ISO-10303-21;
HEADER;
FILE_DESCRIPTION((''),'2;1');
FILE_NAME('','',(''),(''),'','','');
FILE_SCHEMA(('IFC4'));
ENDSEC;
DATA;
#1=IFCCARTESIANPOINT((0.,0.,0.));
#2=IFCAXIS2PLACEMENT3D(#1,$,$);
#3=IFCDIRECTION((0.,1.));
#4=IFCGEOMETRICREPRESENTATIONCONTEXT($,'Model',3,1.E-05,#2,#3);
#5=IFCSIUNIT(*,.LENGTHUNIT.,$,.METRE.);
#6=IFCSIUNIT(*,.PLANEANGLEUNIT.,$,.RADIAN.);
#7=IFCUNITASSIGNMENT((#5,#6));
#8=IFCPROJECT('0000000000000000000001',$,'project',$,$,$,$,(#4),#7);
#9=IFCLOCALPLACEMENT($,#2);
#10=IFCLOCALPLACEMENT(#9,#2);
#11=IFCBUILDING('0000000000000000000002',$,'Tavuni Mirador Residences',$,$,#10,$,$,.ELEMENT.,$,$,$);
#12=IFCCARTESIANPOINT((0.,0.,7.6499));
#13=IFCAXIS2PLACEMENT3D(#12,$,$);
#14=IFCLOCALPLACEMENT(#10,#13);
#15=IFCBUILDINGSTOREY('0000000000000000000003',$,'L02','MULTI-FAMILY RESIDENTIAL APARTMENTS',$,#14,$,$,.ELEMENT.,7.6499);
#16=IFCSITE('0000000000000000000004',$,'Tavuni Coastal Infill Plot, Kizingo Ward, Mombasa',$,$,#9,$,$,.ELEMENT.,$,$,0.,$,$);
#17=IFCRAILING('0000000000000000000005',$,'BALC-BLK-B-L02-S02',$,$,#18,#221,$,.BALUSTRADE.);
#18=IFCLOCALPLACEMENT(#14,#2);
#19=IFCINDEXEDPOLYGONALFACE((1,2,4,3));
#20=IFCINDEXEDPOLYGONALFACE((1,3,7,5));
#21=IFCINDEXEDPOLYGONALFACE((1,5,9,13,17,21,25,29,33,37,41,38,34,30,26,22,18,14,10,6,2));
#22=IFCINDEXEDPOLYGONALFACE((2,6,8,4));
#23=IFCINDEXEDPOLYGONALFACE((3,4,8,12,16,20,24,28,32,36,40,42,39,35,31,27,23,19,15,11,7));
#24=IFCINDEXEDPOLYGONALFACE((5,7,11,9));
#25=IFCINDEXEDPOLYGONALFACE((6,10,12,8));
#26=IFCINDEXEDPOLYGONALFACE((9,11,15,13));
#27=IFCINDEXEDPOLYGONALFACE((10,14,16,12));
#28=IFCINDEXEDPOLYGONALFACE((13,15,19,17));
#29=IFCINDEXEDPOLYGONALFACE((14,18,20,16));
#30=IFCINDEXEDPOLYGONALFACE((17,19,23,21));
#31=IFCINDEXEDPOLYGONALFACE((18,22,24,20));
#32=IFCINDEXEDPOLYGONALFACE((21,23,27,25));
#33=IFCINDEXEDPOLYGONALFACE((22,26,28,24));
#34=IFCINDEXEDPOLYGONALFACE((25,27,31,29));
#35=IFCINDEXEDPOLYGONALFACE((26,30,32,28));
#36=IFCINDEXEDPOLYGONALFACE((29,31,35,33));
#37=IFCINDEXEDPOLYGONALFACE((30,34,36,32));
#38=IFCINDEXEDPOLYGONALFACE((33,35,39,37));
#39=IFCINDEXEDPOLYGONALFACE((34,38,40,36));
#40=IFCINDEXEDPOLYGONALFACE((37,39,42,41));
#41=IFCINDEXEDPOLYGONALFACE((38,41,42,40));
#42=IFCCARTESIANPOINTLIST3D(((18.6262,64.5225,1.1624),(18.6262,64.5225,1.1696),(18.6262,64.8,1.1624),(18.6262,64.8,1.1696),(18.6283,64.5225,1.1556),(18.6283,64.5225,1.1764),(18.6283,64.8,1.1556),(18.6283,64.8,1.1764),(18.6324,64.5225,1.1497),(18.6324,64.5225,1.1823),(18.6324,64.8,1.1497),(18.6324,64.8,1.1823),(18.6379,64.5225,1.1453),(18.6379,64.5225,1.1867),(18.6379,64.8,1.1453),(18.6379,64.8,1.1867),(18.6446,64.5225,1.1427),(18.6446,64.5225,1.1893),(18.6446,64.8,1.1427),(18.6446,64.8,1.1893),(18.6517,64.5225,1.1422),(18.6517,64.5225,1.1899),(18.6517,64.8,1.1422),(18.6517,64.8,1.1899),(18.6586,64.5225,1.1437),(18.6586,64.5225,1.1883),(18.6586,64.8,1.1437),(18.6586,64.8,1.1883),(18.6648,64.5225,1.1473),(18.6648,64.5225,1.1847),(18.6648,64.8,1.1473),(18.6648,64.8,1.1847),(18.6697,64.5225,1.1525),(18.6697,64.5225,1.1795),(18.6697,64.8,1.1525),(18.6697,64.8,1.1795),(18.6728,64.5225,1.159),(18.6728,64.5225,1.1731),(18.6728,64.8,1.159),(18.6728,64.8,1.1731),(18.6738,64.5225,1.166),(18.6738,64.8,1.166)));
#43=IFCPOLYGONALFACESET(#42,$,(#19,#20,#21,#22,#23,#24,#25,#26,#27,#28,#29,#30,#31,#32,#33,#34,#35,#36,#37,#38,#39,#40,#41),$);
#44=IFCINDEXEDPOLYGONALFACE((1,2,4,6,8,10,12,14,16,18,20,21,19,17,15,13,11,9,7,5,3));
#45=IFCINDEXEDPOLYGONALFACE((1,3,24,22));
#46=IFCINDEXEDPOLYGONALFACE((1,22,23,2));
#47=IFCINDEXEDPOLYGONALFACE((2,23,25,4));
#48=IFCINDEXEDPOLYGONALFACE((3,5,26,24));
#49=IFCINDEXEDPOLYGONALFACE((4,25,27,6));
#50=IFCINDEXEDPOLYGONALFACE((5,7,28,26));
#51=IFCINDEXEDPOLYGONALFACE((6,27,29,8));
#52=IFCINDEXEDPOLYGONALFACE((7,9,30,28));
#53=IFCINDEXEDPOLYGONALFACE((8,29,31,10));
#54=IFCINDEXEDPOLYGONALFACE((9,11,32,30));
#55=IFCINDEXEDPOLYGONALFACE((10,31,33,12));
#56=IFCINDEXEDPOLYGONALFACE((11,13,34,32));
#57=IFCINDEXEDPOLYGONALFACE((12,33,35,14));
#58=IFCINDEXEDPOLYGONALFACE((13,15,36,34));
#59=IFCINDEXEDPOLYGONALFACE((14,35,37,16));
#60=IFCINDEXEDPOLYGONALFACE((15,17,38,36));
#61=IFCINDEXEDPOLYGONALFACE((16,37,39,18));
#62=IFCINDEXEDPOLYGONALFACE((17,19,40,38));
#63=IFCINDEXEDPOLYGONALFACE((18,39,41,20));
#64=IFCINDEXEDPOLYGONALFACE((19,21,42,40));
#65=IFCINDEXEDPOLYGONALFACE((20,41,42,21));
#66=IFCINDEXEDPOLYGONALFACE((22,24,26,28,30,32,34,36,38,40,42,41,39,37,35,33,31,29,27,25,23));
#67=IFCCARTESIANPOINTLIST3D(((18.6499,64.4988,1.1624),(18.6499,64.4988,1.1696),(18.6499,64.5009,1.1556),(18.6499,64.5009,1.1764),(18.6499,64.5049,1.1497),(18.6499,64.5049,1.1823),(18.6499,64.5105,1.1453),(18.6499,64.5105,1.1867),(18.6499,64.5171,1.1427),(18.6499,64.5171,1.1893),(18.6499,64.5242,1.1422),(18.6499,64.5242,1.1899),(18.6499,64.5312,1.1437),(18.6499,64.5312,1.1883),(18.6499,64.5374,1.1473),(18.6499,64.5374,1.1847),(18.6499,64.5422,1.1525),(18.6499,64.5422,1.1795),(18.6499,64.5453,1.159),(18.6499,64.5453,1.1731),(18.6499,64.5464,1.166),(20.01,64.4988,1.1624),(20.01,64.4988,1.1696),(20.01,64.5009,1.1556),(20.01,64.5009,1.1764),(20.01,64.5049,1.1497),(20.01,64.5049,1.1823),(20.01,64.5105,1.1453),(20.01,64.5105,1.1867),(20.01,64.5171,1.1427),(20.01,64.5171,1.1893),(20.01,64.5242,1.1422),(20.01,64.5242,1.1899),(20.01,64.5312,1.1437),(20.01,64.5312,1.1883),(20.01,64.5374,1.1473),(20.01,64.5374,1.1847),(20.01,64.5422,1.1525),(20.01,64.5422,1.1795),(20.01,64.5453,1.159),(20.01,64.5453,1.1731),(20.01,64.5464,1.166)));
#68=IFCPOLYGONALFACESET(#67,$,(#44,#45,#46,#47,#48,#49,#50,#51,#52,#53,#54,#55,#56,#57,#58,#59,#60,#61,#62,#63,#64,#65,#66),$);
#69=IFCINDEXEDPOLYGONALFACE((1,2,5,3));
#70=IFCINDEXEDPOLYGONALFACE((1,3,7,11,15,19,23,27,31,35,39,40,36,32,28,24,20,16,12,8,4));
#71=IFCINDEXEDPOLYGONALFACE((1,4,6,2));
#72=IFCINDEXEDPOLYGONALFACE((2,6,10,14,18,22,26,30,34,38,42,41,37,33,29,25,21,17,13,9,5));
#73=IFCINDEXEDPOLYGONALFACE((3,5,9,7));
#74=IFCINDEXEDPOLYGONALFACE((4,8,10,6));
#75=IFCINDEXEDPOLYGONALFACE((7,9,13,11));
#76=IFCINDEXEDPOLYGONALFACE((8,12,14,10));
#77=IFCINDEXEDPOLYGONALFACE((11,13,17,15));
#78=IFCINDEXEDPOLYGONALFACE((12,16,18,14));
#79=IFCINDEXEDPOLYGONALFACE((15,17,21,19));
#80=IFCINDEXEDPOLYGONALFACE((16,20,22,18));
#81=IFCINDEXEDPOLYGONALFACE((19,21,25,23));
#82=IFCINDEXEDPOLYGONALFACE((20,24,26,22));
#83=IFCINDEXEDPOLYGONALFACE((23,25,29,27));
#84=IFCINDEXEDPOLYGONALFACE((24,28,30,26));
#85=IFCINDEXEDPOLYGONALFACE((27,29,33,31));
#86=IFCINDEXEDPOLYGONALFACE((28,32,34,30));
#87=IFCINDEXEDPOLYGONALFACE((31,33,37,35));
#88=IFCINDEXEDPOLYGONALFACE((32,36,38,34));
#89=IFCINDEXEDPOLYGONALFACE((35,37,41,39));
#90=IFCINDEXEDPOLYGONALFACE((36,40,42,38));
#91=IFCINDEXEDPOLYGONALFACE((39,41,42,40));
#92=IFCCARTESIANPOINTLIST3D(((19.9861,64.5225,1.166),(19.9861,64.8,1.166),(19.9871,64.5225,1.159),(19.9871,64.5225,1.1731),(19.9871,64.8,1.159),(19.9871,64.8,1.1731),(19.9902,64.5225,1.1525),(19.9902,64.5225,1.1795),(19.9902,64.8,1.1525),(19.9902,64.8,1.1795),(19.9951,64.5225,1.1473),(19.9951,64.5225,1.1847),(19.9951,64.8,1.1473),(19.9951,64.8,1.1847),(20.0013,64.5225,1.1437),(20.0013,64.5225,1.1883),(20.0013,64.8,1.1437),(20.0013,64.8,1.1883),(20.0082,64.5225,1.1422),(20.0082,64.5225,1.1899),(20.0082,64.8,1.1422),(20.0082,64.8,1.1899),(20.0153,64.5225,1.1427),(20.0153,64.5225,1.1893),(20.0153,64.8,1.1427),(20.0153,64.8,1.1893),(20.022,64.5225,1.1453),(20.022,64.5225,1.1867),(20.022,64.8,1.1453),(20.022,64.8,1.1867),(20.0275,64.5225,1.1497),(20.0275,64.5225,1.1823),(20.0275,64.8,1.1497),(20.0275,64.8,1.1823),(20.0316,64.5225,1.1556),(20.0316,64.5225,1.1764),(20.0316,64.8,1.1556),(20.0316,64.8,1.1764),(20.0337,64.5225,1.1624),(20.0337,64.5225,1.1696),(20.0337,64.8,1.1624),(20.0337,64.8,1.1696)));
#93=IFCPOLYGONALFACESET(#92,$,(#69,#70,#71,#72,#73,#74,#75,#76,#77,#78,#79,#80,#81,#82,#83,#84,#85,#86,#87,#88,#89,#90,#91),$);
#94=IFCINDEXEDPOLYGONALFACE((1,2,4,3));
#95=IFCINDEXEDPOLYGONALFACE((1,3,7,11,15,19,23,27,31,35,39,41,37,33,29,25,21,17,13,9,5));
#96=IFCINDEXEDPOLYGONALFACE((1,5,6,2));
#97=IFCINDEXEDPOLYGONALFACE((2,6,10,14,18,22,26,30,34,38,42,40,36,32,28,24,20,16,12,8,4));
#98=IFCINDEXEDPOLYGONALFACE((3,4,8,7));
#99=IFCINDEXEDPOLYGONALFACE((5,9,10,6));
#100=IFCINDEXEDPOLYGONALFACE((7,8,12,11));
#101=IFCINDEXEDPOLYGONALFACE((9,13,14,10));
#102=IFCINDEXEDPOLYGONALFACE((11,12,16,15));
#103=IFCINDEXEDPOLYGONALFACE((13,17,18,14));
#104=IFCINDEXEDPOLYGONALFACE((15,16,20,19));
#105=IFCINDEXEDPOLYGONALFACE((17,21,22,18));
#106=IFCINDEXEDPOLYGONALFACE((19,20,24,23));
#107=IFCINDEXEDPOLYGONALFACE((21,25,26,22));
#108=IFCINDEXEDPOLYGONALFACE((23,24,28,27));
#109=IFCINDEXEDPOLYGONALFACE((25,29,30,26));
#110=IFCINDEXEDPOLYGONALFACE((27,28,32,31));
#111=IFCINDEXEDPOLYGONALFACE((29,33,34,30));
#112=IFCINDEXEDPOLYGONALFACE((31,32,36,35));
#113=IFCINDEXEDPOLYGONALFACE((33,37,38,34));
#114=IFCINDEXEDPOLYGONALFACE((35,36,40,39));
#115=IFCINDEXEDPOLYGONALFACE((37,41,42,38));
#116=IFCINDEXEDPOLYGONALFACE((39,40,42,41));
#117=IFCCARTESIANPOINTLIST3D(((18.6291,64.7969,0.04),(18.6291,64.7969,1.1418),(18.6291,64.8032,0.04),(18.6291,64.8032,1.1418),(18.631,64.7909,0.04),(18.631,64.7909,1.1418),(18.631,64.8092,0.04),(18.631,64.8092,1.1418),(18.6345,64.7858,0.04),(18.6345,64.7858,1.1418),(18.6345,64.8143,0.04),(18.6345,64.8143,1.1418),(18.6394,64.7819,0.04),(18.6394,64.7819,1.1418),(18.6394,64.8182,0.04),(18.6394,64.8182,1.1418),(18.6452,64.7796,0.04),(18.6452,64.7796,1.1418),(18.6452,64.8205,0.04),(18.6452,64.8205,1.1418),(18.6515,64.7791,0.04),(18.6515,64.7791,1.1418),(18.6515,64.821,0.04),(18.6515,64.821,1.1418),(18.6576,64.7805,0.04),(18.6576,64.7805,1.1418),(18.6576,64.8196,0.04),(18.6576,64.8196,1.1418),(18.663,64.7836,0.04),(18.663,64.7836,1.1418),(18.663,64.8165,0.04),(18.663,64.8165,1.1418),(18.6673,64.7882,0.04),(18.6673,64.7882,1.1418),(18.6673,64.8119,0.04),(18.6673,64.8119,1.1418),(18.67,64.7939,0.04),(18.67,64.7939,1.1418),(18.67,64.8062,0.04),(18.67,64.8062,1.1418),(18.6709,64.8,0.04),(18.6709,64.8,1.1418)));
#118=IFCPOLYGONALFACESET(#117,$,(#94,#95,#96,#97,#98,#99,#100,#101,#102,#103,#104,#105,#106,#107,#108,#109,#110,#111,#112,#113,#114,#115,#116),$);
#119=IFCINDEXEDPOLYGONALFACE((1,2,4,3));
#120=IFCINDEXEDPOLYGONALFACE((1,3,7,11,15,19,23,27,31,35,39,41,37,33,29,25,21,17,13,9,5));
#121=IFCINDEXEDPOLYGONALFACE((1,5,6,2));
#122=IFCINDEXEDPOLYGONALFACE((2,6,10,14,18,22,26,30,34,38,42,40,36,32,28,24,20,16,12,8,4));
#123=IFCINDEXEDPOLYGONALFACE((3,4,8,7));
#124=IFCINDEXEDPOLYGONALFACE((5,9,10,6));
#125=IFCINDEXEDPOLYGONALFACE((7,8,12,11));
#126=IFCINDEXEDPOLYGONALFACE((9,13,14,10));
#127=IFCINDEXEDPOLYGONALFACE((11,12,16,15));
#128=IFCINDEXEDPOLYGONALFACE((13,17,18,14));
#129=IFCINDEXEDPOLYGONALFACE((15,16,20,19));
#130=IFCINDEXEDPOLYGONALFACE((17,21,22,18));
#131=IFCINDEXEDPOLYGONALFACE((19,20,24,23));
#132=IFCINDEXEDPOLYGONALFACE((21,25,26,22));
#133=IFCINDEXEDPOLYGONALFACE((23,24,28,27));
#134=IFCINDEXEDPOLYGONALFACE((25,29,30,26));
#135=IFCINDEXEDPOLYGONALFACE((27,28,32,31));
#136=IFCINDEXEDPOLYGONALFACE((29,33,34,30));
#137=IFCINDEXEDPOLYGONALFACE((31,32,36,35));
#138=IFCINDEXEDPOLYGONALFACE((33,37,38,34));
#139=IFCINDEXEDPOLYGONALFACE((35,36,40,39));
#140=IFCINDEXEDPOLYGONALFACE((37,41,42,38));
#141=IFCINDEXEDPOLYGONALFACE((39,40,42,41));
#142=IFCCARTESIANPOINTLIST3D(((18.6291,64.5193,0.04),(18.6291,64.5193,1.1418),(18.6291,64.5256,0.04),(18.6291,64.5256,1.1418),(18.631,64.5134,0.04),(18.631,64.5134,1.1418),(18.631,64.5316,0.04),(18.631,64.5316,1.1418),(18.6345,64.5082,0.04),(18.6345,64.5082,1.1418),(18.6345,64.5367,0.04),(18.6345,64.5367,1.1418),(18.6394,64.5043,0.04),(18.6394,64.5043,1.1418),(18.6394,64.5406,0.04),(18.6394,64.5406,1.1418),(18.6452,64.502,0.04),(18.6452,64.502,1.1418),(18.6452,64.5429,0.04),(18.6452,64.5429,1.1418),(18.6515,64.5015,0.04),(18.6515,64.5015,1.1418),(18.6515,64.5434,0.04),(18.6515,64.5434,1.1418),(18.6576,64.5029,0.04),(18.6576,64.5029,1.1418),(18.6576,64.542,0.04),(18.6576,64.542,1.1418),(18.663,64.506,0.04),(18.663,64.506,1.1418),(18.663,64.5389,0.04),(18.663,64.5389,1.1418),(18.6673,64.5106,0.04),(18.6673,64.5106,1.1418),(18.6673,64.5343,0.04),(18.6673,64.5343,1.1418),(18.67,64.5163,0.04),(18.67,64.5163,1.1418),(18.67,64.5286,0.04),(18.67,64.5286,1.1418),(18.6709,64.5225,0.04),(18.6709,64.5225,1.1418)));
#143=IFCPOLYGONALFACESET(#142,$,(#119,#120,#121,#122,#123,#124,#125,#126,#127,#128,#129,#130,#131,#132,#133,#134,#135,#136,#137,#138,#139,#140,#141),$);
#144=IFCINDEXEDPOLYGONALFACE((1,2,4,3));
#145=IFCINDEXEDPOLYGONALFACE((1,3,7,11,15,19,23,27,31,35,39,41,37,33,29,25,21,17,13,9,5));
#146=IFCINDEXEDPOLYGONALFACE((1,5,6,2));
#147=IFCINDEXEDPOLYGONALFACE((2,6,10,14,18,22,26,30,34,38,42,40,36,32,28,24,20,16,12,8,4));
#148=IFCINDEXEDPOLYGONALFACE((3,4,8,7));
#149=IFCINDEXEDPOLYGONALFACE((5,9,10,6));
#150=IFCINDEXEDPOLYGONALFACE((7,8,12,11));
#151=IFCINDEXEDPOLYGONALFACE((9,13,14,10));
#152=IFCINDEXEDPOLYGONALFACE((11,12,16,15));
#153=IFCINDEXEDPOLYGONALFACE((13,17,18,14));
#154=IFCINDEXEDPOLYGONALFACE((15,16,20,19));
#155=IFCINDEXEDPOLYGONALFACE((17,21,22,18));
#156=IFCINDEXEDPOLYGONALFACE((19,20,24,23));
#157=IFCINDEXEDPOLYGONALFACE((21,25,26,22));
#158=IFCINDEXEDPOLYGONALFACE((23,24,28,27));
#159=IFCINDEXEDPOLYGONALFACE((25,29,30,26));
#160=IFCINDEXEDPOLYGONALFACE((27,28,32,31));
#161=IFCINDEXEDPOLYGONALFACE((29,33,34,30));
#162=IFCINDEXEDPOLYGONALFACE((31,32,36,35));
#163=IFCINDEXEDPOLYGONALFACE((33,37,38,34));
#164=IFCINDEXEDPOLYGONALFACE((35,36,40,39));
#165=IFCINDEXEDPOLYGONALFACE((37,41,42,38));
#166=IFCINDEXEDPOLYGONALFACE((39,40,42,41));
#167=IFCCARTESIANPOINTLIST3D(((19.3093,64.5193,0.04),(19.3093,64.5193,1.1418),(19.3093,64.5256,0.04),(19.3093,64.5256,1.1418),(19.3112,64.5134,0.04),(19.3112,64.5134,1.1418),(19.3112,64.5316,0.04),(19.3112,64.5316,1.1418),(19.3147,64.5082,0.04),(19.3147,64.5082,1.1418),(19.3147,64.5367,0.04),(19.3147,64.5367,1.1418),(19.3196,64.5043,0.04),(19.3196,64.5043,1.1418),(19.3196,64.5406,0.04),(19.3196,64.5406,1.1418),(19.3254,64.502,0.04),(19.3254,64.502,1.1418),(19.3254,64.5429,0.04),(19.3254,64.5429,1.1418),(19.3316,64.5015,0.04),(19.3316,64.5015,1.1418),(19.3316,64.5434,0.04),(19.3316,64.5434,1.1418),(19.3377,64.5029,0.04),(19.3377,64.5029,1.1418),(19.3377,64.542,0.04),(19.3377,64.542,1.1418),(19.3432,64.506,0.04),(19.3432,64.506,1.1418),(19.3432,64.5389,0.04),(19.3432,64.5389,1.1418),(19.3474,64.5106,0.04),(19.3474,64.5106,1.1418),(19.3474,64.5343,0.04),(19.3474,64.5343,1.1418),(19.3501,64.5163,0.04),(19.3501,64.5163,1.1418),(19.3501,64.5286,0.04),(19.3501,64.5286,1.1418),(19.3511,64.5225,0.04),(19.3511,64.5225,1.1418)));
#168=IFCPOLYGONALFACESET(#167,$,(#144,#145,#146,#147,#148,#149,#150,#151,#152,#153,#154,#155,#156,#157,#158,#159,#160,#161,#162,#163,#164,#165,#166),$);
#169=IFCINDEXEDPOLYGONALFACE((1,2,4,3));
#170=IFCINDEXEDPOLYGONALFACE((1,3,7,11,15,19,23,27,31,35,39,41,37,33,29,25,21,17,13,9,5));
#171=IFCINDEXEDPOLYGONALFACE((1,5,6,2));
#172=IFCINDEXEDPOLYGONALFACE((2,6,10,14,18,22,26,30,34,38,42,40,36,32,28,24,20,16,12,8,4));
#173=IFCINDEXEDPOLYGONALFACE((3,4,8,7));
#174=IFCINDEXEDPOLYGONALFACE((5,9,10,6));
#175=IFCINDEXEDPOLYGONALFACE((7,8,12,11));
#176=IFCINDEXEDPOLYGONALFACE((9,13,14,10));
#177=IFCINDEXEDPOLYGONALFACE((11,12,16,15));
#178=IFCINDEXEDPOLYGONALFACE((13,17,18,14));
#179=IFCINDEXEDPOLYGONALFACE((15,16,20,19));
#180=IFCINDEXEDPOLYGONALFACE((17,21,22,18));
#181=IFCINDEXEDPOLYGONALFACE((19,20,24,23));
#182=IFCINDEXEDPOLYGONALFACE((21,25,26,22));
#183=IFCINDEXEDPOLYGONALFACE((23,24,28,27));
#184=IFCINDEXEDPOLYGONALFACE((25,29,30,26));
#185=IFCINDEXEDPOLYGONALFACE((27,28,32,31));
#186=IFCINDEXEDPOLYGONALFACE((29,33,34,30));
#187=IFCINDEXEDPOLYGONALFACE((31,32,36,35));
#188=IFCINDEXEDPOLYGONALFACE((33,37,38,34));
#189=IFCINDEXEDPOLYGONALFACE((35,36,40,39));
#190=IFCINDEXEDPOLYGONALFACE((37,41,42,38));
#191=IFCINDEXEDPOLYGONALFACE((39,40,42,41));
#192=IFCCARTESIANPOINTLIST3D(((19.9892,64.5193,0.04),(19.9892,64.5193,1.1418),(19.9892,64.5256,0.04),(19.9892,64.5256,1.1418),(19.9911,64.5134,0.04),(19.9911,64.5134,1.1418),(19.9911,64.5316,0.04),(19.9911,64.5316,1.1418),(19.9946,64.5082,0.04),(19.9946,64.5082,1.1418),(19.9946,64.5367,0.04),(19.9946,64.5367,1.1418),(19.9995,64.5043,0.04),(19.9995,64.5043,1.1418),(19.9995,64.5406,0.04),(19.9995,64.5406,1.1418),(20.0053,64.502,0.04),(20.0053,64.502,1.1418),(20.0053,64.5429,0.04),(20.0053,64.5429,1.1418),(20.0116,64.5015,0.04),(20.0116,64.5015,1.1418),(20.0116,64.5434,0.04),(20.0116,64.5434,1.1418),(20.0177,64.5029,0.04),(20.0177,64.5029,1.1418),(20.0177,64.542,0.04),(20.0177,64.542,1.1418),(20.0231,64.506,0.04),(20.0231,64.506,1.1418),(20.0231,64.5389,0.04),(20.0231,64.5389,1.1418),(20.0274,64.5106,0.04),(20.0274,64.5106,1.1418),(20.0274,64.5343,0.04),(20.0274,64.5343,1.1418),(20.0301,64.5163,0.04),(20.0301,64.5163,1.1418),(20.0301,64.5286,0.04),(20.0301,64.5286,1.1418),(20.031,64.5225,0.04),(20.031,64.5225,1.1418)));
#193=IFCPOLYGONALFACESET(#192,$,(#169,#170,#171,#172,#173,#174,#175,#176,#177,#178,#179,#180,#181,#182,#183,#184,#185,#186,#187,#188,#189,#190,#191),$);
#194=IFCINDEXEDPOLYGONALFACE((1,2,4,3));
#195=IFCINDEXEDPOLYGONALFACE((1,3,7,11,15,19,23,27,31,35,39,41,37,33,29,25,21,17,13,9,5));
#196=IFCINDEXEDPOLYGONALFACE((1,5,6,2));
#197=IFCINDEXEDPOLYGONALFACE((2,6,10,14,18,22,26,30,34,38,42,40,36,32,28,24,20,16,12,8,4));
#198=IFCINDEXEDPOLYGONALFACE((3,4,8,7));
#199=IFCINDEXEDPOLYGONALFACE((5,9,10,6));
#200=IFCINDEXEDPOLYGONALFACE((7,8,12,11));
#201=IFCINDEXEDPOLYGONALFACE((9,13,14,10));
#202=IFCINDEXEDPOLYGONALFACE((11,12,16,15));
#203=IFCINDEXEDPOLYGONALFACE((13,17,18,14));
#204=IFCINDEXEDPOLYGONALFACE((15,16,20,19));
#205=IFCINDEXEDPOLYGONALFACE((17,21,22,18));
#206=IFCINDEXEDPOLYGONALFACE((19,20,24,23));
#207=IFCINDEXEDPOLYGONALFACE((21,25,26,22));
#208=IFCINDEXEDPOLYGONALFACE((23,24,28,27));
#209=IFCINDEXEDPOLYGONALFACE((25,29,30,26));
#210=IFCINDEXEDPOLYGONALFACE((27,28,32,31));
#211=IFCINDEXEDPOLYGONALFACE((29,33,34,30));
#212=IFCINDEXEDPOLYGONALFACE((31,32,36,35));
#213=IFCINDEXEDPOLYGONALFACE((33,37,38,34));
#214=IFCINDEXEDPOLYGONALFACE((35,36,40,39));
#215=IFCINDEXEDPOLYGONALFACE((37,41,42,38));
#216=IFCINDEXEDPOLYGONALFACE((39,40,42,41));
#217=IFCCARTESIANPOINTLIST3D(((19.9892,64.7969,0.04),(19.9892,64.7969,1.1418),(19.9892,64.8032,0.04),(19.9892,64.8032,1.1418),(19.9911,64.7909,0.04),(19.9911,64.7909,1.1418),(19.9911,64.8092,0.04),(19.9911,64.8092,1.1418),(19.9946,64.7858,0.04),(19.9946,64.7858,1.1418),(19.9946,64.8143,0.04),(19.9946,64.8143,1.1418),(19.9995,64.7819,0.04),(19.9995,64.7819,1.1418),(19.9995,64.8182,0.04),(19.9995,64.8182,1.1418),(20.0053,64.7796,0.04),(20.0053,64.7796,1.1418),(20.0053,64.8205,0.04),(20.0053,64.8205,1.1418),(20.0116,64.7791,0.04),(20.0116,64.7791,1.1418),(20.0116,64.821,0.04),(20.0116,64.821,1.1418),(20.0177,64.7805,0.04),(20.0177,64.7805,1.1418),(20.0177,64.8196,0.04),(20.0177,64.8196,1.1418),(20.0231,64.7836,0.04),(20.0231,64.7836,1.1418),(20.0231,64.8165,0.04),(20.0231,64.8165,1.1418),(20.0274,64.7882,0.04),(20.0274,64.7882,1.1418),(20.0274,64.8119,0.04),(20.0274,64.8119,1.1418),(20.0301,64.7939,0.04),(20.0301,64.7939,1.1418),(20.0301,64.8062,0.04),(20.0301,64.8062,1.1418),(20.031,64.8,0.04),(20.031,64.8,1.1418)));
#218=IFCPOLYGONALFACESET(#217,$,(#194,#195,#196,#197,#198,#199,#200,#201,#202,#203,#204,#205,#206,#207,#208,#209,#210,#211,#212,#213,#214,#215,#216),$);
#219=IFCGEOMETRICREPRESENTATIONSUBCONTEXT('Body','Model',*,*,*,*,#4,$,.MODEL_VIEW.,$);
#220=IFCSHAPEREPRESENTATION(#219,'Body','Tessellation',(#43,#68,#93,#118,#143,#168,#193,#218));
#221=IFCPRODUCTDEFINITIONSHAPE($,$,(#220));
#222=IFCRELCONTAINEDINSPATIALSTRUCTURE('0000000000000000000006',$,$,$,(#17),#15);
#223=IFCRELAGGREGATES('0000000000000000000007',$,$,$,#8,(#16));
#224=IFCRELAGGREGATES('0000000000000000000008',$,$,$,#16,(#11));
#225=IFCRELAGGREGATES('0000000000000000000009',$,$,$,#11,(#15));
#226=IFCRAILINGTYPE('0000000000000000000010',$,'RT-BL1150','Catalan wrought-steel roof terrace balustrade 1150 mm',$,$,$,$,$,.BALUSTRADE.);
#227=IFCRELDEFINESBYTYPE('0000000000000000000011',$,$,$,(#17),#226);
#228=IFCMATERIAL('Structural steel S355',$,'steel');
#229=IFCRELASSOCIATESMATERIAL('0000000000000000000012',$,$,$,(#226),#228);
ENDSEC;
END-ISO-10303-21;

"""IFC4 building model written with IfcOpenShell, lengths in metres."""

from ifc_helpers import new_model, si_unit, direction, frame, origin, origin_2d, place, context, subcontext, project, spatial, circle, extrude, material, type_object, element, save


model = new_model("IFC4")

# Units and contexts
model_context = context("Model", 3, precision=1e-05, world=origin(), true_north=direction((0.0, 1.0)))
body_context = subcontext(model_context, "Body", "Model", "MODEL_VIEW")
ifc_project = project(units=[si_unit("LENGTHUNIT", "METRE"), si_unit("PLANEANGLEUNIT", "RADIAN")], contexts=[model_context])

# Site, building, storey
site_placement = place(None, origin())
site = spatial("IfcSite", under=ifc_project, at=site_placement, Name="Tavuni Coastal Infill Plot, Kizingo Ward, Mombasa", CompositionType="ELEMENT", RefElevation=0.0)
building_placement = place(site_placement, origin())
building = spatial("IfcBuilding", under=site, at=building_placement, Name="Tavuni Mirador Residences", CompositionType="ELEMENT")
storey_placement = place(building_placement, frame((0.0, 0.0, 7.6499)))
storey = spatial("IfcBuildingStorey", under=building, at=storey_placement, Name="L02", Description="MULTI-FAMILY RESIDENTIAL APARTMENTS", CompositionType="ELEMENT", Elevation=7.6499)

# Shared definitions
ifc_material_1 = material(Name="Structural steel S355", Category="steel")

# Railing
railing_type = type_object("IfcRailingType", Name="RT-BL1150", Description="Catalan wrought-steel roof terrace balustrade 1150 mm", PredefinedType="BALUSTRADE", material=ifc_material_1)
railing_placement = place(storey_placement, frame((18.6499, 64.8, 0.04)))
element("IfcRailing", 1, at=railing_placement, inside=storey, type_object=railing_type, Name="BALC-BLK-B-L02-S02", PredefinedType="BALUSTRADE", context=body_context, shape_type="SweptSolid", body=[
    extrude(circle(Radius=0.0239, at=origin_2d()), frame((0.0, 0.0, 1.126), z_axis=(0.0, -1.0, 0.0), x_axis=(1.0, 0.0, 0.0)), (0.0, 0.0, 1.0), 0.2776),
    extrude(circle(Radius=0.0239, at=origin_2d()), frame((0.0, -0.2776, 1.126), z_axis=(1.0, 0.0, 0.0), x_axis=(0.0, 1.0, 0.0)), (0.0, 0.0, 1.0), 1.3601),
    extrude(circle(Radius=0.0239, at=origin_2d()), frame((1.3601, -0.2776, 1.126), z_axis=(0.0, 1.0, 0.0), x_axis=(-1.0, 0.0, 0.0)), (0.0, 0.0, 1.0), 0.2776),
    extrude(circle(Radius=0.021, at=origin_2d()), origin(), (0.0, 0.0, 1.0), 1.1018),
    extrude(circle(Radius=0.021, at=origin_2d()), frame((0.0, -0.2776, 0.0)), (0.0, 0.0, 1.0), 1.1018),
    extrude(circle(Radius=0.021, at=origin_2d()), frame((0.6802, -0.2776, 0.0)), (0.0, 0.0, 1.0), 1.1018),
    extrude(circle(Radius=0.021, at=origin_2d()), frame((1.3601, -0.2776, 0.0)), (0.0, 0.0, 1.0), 1.1018),
    extrude(circle(Radius=0.021, at=origin_2d()), frame((1.3601, 0.0, 0.0)), (0.0, 0.0, 1.0), 1.1018),
])

save(model, "model.ifc")
